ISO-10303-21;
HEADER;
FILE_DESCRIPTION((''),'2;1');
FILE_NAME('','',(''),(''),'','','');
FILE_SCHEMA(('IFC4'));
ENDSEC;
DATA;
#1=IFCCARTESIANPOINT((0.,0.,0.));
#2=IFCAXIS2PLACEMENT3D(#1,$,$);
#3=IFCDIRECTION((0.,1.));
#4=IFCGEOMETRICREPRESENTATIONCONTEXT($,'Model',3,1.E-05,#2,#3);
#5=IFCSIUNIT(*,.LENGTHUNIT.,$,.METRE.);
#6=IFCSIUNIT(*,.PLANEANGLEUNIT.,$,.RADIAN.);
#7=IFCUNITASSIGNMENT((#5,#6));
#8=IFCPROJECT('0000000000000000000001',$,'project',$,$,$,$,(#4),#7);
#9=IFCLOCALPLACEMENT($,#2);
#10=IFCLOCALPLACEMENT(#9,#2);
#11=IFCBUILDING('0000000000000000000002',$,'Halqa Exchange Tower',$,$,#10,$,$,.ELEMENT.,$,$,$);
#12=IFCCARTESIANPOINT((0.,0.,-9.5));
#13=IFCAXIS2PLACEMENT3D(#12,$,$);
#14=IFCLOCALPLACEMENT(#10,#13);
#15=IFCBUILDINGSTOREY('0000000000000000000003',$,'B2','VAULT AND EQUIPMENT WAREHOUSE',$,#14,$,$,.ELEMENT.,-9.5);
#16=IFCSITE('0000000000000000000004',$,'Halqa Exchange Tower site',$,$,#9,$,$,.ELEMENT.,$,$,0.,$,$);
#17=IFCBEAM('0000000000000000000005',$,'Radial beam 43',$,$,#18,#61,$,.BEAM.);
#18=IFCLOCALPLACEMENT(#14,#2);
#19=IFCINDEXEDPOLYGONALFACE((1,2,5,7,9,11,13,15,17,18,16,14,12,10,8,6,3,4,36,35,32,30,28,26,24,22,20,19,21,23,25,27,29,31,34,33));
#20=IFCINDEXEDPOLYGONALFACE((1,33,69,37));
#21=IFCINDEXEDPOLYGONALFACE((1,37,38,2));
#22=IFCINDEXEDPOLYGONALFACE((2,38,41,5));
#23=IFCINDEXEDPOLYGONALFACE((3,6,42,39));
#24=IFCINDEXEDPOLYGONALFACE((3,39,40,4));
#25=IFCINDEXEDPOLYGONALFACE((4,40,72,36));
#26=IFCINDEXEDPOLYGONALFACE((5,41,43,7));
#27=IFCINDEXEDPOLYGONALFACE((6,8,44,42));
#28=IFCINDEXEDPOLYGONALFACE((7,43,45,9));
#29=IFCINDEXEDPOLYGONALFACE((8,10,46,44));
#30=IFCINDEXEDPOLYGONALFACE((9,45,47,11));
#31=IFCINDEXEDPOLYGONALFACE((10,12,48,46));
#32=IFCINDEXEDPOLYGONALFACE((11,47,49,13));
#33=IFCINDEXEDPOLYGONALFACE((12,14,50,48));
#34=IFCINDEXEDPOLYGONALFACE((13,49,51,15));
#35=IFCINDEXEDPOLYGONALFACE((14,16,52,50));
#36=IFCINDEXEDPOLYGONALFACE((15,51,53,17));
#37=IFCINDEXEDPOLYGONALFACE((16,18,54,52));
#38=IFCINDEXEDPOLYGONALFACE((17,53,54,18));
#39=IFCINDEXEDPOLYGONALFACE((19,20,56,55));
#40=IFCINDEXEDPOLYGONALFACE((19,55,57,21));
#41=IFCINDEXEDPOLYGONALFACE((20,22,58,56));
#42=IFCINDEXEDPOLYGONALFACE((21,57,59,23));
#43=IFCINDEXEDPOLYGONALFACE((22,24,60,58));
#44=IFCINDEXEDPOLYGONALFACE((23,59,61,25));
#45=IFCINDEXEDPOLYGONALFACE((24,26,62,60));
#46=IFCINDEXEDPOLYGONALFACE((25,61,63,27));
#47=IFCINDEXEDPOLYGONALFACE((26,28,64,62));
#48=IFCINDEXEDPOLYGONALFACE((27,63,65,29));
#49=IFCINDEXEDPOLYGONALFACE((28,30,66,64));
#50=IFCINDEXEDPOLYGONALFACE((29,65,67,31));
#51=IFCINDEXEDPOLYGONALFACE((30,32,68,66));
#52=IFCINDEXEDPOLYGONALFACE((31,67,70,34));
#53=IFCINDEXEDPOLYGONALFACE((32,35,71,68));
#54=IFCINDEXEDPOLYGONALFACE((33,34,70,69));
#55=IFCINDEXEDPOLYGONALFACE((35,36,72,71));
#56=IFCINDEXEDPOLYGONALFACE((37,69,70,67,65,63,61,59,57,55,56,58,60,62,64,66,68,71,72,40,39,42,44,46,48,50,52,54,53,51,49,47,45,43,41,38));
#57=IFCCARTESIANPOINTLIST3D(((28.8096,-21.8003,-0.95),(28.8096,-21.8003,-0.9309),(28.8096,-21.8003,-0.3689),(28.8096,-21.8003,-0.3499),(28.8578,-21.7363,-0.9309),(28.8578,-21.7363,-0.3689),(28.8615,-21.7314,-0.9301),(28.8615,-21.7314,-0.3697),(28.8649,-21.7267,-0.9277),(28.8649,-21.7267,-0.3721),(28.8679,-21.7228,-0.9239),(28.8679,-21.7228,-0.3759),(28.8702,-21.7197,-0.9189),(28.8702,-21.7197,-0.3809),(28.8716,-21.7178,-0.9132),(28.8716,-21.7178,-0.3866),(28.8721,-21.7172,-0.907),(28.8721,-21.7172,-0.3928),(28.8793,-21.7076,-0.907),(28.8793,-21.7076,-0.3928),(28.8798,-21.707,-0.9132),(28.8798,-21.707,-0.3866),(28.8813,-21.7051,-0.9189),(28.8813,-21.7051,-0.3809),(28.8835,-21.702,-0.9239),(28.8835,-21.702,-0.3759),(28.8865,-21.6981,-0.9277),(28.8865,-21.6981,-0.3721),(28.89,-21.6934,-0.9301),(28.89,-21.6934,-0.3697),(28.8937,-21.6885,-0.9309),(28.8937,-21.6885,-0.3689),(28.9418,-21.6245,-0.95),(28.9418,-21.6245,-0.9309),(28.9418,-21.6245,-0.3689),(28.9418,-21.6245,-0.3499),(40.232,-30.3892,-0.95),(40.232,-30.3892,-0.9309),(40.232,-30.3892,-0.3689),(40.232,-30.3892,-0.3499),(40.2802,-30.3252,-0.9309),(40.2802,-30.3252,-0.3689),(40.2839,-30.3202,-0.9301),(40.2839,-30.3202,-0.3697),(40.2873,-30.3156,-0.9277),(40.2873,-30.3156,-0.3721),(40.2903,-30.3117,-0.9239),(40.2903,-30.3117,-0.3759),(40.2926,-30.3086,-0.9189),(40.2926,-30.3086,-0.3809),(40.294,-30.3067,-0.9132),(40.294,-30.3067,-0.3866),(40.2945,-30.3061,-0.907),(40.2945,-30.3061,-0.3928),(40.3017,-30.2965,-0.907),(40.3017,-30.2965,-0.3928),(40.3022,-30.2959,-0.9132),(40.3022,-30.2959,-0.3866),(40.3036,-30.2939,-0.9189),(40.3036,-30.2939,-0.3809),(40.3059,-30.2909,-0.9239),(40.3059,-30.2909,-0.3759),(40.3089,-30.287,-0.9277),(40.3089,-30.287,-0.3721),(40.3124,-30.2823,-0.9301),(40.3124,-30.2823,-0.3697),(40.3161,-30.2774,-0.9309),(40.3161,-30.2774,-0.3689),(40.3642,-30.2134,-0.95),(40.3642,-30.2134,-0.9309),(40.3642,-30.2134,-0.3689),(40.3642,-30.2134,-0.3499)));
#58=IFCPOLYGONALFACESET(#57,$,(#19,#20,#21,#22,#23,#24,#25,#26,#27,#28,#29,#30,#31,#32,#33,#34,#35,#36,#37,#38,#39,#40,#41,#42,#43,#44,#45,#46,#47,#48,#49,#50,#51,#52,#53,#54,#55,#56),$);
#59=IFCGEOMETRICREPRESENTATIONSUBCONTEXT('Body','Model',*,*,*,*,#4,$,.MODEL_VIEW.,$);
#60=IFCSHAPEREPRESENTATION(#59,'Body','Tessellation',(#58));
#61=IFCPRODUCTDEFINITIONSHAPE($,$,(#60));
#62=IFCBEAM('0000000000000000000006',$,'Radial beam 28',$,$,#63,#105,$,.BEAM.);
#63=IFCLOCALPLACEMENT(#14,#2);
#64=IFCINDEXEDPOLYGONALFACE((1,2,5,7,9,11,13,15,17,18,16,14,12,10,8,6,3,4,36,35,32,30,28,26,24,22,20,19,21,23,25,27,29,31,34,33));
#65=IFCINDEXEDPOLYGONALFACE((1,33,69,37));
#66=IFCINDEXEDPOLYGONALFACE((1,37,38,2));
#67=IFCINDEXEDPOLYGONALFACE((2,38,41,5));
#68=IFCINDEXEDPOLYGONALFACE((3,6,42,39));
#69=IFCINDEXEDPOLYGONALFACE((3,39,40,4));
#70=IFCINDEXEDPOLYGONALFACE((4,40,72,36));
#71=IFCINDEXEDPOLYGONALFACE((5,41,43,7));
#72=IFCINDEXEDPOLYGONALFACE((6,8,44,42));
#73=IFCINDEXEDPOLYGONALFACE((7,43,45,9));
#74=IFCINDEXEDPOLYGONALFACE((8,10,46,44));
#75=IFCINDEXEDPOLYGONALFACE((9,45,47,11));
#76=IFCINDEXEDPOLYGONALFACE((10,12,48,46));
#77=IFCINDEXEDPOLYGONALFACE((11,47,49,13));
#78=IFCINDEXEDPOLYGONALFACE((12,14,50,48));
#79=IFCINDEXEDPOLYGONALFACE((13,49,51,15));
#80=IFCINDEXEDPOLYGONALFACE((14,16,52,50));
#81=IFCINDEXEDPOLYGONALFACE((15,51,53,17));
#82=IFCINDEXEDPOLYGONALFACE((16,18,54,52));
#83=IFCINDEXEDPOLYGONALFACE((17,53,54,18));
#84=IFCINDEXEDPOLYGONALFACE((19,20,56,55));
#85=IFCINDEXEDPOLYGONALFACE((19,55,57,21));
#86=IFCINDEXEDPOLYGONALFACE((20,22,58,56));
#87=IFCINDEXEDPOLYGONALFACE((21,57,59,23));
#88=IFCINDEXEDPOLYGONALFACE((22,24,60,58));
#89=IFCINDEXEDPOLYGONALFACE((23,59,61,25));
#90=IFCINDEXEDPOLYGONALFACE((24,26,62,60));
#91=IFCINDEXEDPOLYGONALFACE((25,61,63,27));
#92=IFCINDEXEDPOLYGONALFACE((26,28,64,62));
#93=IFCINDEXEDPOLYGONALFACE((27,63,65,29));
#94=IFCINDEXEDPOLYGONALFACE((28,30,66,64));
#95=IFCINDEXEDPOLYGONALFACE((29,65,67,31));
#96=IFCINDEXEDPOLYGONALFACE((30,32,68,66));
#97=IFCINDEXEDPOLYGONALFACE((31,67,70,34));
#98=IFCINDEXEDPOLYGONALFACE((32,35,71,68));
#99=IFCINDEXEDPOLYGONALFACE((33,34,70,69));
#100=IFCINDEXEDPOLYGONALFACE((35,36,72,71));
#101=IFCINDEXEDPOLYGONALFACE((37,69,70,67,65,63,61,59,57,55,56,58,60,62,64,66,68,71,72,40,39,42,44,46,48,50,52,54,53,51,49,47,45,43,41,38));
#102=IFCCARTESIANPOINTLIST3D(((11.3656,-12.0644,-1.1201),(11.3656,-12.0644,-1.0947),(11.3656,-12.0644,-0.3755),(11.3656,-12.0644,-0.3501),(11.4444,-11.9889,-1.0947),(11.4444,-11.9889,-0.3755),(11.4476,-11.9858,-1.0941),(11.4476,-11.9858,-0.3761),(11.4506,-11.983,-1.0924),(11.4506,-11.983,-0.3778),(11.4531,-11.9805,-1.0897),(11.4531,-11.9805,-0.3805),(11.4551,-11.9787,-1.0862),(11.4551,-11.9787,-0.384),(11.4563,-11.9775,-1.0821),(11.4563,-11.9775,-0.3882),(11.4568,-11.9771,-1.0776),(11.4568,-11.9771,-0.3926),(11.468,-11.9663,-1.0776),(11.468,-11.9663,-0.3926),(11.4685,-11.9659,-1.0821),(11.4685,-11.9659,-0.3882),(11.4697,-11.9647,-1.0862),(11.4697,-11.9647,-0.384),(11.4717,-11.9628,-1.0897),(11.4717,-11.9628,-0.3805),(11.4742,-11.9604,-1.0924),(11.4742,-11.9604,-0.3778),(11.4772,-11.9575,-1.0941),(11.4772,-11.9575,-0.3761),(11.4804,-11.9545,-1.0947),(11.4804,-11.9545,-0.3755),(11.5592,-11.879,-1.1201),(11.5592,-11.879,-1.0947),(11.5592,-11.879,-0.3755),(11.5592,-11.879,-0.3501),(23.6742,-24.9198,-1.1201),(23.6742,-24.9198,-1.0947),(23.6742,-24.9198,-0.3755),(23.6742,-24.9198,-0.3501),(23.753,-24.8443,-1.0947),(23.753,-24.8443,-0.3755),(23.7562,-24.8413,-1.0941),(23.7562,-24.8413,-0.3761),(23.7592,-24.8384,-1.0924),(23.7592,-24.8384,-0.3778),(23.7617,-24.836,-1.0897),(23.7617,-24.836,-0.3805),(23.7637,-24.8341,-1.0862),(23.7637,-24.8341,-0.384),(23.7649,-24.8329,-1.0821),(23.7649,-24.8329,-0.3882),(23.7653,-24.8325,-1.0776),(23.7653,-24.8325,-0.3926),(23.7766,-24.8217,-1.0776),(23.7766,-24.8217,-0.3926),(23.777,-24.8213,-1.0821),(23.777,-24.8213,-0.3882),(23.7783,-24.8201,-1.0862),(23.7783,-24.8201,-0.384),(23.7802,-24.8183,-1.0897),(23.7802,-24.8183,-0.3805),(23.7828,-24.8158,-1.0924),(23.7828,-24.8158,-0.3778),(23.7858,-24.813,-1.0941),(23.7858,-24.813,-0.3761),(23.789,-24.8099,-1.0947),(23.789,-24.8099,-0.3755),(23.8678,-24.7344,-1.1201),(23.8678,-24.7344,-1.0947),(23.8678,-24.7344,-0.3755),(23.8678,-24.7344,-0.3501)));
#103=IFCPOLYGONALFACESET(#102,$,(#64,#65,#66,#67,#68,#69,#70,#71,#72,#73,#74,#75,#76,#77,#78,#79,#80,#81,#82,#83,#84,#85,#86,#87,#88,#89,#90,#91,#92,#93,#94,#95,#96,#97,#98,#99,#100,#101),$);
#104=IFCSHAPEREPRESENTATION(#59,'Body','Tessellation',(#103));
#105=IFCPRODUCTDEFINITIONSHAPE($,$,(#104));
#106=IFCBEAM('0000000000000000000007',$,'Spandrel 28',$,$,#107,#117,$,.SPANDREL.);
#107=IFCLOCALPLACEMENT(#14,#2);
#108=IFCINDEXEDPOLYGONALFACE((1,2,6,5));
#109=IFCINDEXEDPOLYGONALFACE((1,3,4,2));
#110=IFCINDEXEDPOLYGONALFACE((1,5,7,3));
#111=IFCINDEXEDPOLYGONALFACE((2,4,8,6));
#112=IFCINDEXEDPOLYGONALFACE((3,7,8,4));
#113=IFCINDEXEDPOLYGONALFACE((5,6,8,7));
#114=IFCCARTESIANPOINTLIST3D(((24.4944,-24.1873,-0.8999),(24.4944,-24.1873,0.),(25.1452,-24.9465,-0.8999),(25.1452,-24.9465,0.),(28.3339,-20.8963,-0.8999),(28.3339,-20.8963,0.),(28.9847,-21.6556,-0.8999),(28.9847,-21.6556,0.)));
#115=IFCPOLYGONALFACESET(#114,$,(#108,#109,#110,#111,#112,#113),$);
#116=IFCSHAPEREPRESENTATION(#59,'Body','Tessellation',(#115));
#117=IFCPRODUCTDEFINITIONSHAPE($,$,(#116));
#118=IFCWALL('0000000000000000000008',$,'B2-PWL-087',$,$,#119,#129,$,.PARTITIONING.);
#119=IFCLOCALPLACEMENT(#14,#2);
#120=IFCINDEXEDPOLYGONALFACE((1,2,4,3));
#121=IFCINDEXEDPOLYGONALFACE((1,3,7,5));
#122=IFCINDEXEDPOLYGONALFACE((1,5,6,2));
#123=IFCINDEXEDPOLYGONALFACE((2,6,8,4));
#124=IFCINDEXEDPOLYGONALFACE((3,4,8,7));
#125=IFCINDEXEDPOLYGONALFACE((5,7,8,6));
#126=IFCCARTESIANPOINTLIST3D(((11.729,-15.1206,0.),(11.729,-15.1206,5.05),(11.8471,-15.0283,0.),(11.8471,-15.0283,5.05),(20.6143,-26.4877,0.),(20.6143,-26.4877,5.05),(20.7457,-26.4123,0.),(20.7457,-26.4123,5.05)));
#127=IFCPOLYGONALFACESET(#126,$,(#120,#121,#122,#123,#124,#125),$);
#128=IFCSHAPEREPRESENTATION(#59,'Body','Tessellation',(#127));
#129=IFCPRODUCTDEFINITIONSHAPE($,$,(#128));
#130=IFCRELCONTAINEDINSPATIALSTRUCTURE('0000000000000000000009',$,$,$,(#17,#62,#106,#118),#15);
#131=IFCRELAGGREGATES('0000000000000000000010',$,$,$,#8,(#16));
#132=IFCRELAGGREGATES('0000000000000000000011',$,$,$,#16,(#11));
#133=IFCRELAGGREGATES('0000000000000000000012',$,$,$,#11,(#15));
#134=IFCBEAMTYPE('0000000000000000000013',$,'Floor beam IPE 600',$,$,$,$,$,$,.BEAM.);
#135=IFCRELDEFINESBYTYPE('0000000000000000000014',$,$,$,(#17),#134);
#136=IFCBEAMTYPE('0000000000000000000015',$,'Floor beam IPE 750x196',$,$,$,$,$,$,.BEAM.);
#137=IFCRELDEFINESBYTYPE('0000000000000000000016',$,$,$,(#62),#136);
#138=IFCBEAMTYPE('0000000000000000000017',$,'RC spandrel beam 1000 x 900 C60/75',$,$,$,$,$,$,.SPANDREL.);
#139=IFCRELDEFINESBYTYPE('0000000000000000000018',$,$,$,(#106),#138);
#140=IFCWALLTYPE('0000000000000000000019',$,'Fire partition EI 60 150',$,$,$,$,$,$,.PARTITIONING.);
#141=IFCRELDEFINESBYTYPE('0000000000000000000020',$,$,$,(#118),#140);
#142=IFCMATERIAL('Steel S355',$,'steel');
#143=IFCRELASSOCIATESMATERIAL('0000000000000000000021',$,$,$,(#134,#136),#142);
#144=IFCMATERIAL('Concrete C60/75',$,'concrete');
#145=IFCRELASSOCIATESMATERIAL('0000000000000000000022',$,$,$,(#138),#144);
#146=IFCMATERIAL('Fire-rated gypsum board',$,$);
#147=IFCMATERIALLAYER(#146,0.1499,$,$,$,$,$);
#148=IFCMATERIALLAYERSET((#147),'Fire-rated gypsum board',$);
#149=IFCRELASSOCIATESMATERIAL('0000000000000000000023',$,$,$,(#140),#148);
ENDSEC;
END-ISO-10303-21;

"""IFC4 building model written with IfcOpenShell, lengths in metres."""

from ifc_helpers import new_model, si_unit, direction, frame, origin, origin_2d, place, context, subcontext, project, spatial, polyline, rectangle, i_section, outline, extrude, material, layer, layer_set, material_profile, profile_set, type_object, element, save


model = new_model("IFC4")

# Units and contexts
model_context = context("Model", 3, precision=1e-05, world=origin(), true_north=direction((0.0, 1.0)))
body_context = subcontext(model_context, "Body", "Model", "MODEL_VIEW")
ifc_project = project(units=[si_unit("LENGTHUNIT", "METRE"), si_unit("PLANEANGLEUNIT", "RADIAN")], contexts=[model_context])

# Site, building, storey
site_placement = place(None, origin())
site = spatial("IfcSite", under=ifc_project, at=site_placement, Name="Halqa Exchange Tower site", CompositionType="ELEMENT", RefElevation=0.0)
building_placement = place(site_placement, origin())
building = spatial("IfcBuilding", under=site, at=building_placement, Name="Halqa Exchange Tower", CompositionType="ELEMENT")
storey_placement = place(building_placement, frame((0.0, 0.0, -9.5)))
storey = spatial("IfcBuildingStorey", under=building, at=storey_placement, Name="B2", Description="VAULT AND EQUIPMENT WAREHOUSE", CompositionType="ELEMENT", Elevation=-9.5)

# Beams
ifc_material_1 = material(Name="Steel S355", Category="steel")
ifc_material_profile_1 = material_profile(ifc_material_1, i_section(OverallWidth=0.22, OverallDepth=0.6001, WebThickness=0.012, FlangeThickness=0.019, FilletRadius=0.0239, at=origin_2d()), Name="IPE 600")
ifc_profile_set_1 = profile_set([ifc_material_profile_1], Name="Steel S355")
beam_type_1 = type_object("IfcBeamType", Name="Floor beam IPE 600", PredefinedType="BEAM", material=ifc_profile_set_1)
beam_1_placement = place(storey_placement, frame((28.8757, -21.7124, -0.6499), z_axis=(0.799257, -0.600989, 0.0), x_axis=(0.600989, 0.799257, 0.0)))
element("IfcBeam", 1, at=beam_1_placement, inside=storey, type_object=beam_type_1, Name="Radial beam 43", PredefinedType="BEAM", context=body_context, shape_type="SweptSolid", body=[
    extrude(i_section(OverallWidth=0.22, OverallDepth=0.6001, WebThickness=0.012, FlangeThickness=0.019, FilletRadius=0.0239, at=origin_2d()), origin(), (0.0, 0.0, 1.0), 14.2913),
])
ifc_material_profile_2 = material_profile(ifc_material_1, i_section(OverallWidth=0.2681, OverallDepth=0.77, WebThickness=0.0156, FlangeThickness=0.0254, FilletRadius=0.0171, at=origin_2d()), Name="IPE 750x196")
ifc_profile_set_2 = profile_set([ifc_material_profile_2], Name="Steel S355")
beam_type_2 = type_object("IfcBeamType", Name="Floor beam IPE 750x196", PredefinedType="BEAM", material=ifc_profile_set_2)
beam_2_placement = place(storey_placement, frame((11.4624, -11.9717, -0.7351), z_axis=(0.691576, -0.722303, 0.0), x_axis=(0.722303, 0.691576, 0.0)))
element("IfcBeam", 2, at=beam_2_placement, inside=storey, type_object=beam_type_2, Name="Radial beam 28", PredefinedType="BEAM", context=body_context, shape_type="SweptSolid", body=[
    extrude(i_section(OverallWidth=0.2681, OverallDepth=0.77, WebThickness=0.0156, FlangeThickness=0.0254, FilletRadius=0.0171, at=origin_2d()), origin(), (0.0, 0.0, 1.0), 17.7979),
])
ifc_material_2 = material(Name="Concrete C60/75", Category="concrete")
ifc_material_profile_3 = material_profile(ifc_material_2, rectangle(XDim=1.0, YDim=0.8999, at=origin_2d()), Name="1000 x 900")
ifc_profile_set_3 = profile_set([ifc_material_profile_3], Name="Concrete C60/75")
beam_type_3 = type_object("IfcBeamType", Name="RC spandrel beam 1000 x 900 C60/75", PredefinedType="SPANDREL", material=ifc_profile_set_3)
beam_3_placement = place(storey_placement, frame((24.8198, -24.5669, -0.45), z_axis=(0.759263, 0.650783, 0.0), x_axis=(-0.650783, 0.759263, 0.0)))
element("IfcBeam", 3, at=beam_3_placement, inside=storey, type_object=beam_type_3, Name="Spandrel 28", PredefinedType="SPANDREL", context=body_context, shape_type="SweptSolid", body=[
    extrude(rectangle(XDim=1.0, YDim=0.8999, at=origin_2d()), origin(), (0.0, 0.0, 1.0), 5.0569),
])

# Wall
ifc_material_3 = material(Name="Fire-rated gypsum board")
ifc_layer_1 = layer(ifc_material_3, 0.1499)
ifc_layer_set_1 = layer_set([ifc_layer_1], Name="Fire-rated gypsum board")
wall_type_1 = type_object("IfcWallType", Name="Fire partition EI 60 150", PredefinedType="PARTITIONING", material=ifc_layer_set_1)
wall_1_placement = place(storey_placement, frame((11.7881, -15.0745, 0.0), z_axis=(0.0, 0.0, 1.0), x_axis=(0.615848, -0.787865, 0.0)))
element("IfcWall", 4, at=wall_1_placement, inside=storey, type_object=wall_type_1, Name="B2-PWL-087", PredefinedType="PARTITIONING", context=body_context, shape_type="SweptSolid", body=[
    extrude(outline(polyline([(0.0, -0.075), (14.4277, -0.075), (14.4492, 0.075), (0.0, 0.075), (0.0, -0.075)])), origin(), (0.0, 0.0, 1.0), 5.05),
])

save(model, "model.ifc")
